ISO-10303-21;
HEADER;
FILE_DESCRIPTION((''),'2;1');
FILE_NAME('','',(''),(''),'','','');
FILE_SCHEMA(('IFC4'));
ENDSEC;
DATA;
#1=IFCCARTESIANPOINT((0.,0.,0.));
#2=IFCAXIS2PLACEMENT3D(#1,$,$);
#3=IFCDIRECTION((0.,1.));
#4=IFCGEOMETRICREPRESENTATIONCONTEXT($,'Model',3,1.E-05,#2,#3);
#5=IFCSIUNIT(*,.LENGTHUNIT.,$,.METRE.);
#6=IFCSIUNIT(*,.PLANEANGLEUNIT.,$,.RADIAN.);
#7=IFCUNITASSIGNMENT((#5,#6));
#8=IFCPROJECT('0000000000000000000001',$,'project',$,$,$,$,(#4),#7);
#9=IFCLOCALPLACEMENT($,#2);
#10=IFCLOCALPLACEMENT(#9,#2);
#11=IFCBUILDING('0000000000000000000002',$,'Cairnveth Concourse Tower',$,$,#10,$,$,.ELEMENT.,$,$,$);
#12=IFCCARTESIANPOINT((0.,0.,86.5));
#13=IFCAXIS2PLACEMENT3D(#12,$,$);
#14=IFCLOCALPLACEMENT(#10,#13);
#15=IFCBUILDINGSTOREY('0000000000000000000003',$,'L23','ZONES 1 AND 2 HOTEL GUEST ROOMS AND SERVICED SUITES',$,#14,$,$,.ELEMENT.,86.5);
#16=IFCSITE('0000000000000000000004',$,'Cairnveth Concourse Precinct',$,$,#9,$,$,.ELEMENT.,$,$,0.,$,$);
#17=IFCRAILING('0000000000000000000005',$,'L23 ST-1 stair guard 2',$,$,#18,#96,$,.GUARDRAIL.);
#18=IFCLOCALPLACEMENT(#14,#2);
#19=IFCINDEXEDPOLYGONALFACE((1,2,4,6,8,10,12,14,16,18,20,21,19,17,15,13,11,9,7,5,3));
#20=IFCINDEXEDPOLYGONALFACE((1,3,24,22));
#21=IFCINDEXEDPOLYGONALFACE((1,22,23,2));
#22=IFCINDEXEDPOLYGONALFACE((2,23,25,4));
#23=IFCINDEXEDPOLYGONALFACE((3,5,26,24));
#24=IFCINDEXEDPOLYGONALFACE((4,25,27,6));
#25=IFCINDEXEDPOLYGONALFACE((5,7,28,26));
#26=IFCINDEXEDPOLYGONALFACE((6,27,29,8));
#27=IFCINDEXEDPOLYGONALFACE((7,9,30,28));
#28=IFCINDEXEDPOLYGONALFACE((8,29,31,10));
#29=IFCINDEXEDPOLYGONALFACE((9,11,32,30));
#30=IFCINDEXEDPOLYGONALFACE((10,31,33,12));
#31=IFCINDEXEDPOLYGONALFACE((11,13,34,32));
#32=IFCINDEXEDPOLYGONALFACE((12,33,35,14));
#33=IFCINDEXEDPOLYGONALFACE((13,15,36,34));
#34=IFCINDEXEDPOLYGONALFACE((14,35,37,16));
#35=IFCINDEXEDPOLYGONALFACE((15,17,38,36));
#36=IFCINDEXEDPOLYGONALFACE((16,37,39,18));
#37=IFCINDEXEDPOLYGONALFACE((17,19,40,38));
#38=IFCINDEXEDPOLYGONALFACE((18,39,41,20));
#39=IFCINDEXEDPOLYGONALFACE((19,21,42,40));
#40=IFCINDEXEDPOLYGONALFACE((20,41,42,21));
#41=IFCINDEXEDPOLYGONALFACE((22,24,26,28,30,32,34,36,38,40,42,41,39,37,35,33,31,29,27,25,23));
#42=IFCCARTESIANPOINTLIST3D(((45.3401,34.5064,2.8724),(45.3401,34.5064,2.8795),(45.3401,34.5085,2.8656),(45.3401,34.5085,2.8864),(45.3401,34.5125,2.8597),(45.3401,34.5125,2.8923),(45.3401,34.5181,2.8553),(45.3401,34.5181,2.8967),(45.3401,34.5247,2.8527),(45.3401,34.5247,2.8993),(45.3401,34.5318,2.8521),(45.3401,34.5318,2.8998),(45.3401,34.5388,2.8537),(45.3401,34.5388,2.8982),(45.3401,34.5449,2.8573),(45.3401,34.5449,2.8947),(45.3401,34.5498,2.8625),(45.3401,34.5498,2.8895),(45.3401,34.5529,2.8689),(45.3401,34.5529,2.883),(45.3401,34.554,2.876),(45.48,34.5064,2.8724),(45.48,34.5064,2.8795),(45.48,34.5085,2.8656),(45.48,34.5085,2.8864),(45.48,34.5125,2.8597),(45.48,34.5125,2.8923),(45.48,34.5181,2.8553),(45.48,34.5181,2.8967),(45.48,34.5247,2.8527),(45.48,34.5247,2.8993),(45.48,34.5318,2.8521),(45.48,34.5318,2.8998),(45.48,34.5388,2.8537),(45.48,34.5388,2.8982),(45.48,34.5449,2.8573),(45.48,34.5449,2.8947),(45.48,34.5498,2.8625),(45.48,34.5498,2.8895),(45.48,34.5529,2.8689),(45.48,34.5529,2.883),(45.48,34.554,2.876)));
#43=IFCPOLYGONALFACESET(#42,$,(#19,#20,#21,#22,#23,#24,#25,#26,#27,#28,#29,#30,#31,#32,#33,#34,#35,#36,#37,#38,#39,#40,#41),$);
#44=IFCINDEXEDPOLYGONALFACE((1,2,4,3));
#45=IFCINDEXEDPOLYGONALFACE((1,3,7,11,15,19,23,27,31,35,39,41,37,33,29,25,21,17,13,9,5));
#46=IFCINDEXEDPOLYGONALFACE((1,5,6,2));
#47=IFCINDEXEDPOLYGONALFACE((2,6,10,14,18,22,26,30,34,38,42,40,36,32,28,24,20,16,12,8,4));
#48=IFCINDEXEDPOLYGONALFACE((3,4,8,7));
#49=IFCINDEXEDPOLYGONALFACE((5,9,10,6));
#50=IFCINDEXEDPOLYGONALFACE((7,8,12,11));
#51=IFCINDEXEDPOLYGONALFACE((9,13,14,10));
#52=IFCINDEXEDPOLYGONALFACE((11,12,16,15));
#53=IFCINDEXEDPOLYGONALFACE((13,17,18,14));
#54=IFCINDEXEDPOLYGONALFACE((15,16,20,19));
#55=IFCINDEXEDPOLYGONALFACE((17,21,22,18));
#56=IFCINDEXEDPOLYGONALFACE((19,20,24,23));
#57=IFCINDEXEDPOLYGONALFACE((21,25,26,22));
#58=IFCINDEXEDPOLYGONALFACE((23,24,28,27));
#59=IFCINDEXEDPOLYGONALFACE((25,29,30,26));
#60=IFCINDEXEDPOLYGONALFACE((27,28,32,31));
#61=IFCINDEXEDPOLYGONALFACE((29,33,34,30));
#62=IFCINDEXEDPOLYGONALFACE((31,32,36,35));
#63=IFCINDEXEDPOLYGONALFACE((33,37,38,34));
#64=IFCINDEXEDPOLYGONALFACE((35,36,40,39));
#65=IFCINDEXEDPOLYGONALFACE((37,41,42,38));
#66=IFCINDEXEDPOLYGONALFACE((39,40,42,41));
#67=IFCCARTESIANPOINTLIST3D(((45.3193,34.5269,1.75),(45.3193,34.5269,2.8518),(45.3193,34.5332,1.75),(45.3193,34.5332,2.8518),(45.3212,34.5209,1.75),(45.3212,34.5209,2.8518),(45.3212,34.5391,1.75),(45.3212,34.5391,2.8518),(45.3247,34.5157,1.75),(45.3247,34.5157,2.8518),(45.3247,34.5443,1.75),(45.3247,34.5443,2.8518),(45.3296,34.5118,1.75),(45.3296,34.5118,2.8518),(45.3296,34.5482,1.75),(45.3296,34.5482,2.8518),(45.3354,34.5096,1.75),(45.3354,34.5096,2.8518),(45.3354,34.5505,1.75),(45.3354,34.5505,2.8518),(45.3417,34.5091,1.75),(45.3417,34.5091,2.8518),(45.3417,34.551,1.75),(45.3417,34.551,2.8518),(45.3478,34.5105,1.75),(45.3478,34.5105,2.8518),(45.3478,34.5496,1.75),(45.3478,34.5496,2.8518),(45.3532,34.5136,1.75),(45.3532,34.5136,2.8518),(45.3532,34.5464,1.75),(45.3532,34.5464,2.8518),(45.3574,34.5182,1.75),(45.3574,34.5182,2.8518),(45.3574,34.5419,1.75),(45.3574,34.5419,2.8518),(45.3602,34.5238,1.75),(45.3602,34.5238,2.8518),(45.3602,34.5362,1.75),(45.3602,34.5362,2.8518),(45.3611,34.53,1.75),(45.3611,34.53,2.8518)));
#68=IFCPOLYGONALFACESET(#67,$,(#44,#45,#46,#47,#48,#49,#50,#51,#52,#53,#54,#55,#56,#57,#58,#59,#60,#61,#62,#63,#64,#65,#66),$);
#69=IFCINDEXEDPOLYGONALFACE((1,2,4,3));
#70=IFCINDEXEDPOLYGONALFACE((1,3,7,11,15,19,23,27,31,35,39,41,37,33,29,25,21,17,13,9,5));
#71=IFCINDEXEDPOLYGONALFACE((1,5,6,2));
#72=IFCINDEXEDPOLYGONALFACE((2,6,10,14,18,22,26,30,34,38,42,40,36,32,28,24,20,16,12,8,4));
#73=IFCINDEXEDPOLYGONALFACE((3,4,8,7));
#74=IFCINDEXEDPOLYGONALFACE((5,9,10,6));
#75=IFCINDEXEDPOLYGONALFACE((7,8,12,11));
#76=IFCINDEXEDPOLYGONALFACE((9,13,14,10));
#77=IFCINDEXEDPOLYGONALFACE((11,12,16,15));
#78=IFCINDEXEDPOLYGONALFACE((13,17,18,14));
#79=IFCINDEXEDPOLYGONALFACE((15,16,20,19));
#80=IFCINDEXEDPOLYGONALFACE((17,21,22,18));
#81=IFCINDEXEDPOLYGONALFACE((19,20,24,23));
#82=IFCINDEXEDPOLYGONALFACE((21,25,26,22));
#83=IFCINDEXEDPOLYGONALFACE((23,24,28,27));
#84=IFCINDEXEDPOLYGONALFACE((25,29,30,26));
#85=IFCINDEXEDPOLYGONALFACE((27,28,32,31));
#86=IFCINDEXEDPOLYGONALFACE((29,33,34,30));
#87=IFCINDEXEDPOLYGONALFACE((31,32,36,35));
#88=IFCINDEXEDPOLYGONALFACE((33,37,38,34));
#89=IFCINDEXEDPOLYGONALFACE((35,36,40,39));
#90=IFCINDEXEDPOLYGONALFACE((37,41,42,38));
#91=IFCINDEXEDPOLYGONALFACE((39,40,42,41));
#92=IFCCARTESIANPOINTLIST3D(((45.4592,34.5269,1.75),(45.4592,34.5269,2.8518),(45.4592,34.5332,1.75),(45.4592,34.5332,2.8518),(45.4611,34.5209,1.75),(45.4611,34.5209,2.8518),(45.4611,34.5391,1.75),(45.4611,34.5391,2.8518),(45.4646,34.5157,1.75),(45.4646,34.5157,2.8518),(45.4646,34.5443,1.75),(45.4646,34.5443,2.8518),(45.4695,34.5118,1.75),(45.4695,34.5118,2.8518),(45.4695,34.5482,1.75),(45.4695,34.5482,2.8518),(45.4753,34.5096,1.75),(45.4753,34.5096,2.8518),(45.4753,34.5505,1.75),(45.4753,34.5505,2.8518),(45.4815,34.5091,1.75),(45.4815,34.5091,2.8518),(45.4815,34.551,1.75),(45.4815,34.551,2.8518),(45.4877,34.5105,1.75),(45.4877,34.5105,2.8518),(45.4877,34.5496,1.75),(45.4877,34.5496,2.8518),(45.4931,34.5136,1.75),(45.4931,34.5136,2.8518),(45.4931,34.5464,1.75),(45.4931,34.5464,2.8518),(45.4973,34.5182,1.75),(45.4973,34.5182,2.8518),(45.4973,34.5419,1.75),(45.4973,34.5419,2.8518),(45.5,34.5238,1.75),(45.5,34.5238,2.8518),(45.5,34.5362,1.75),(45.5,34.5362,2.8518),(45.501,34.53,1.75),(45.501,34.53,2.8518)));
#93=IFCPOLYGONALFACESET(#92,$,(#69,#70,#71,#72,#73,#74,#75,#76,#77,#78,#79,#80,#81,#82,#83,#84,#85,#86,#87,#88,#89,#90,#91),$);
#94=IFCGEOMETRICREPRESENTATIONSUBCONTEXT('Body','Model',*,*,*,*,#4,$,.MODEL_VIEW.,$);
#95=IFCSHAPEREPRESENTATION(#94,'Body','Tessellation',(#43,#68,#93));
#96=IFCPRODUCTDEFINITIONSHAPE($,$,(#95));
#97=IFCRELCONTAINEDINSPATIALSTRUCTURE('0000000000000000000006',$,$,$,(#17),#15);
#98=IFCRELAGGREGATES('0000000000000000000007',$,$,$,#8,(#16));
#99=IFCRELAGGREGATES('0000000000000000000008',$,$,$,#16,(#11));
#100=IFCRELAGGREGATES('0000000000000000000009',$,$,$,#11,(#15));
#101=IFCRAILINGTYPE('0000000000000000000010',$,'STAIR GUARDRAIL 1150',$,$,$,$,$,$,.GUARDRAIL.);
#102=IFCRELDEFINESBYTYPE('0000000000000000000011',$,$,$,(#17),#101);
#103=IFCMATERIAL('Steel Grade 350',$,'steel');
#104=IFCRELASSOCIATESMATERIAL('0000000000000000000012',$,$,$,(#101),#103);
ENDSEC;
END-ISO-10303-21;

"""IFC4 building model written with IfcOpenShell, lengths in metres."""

from ifc_helpers import new_model, si_unit, direction, frame, origin, origin_2d, place, context, subcontext, project, spatial, circle, extrude, material, type_object, element, save


model = new_model("IFC4")

# Units and contexts
model_context = context("Model", 3, precision=1e-05, world=origin(), true_north=direction((0.0, 1.0)))
body_context = subcontext(model_context, "Body", "Model", "MODEL_VIEW")
ifc_project = project(units=[si_unit("LENGTHUNIT", "METRE"), si_unit("PLANEANGLEUNIT", "RADIAN")], contexts=[model_context])

# Site, building, storey
site_placement = place(None, origin())
site = spatial("IfcSite", under=ifc_project, at=site_placement, Name="Cairnveth Concourse Precinct", CompositionType="ELEMENT", RefElevation=0.0)
building_placement = place(site_placement, origin())
building = spatial("IfcBuilding", under=site, at=building_placement, Name="Cairnveth Concourse Tower", CompositionType="ELEMENT")
storey_placement = place(building_placement, frame((0.0, 0.0, 86.5)))
storey = spatial("IfcBuildingStorey", under=building, at=storey_placement, Name="L23", Description="ZONES 1 AND 2 HOTEL GUEST ROOMS AND SERVICED SUITES", CompositionType="ELEMENT", Elevation=86.5)

# Railing
ifc_material_1 = material(Name="Steel Grade 350", Category="steel")
railing_type_1 = type_object("IfcRailingType", Name="STAIR GUARDRAIL 1150", PredefinedType="GUARDRAIL", material=ifc_material_1)
railing_1_placement = place(storey_placement, frame((45.3401, 34.53, 1.75)))
element("IfcRailing", 1, at=railing_1_placement, inside=storey, type_object=railing_type_1, Name="L23 ST-1 stair guard 2", PredefinedType="GUARDRAIL", context=body_context, shape_type="SweptSolid", body=[
    extrude(circle(Radius=0.0239, at=origin_2d()), frame((0.0, 0.0, 1.126), z_axis=(1.0, 0.0, 0.0), x_axis=(0.0, 1.0, 0.0)), (0.0, 0.0, 1.0), 0.1399),
    extrude(circle(Radius=0.021, at=origin_2d()), origin(), (0.0, 0.0, 1.0), 1.1018),
    extrude(circle(Radius=0.021, at=origin_2d()), frame((0.1399, 0.0, 0.0)), (0.0, 0.0, 1.0), 1.1018),
])

save(model, "model.ifc")
